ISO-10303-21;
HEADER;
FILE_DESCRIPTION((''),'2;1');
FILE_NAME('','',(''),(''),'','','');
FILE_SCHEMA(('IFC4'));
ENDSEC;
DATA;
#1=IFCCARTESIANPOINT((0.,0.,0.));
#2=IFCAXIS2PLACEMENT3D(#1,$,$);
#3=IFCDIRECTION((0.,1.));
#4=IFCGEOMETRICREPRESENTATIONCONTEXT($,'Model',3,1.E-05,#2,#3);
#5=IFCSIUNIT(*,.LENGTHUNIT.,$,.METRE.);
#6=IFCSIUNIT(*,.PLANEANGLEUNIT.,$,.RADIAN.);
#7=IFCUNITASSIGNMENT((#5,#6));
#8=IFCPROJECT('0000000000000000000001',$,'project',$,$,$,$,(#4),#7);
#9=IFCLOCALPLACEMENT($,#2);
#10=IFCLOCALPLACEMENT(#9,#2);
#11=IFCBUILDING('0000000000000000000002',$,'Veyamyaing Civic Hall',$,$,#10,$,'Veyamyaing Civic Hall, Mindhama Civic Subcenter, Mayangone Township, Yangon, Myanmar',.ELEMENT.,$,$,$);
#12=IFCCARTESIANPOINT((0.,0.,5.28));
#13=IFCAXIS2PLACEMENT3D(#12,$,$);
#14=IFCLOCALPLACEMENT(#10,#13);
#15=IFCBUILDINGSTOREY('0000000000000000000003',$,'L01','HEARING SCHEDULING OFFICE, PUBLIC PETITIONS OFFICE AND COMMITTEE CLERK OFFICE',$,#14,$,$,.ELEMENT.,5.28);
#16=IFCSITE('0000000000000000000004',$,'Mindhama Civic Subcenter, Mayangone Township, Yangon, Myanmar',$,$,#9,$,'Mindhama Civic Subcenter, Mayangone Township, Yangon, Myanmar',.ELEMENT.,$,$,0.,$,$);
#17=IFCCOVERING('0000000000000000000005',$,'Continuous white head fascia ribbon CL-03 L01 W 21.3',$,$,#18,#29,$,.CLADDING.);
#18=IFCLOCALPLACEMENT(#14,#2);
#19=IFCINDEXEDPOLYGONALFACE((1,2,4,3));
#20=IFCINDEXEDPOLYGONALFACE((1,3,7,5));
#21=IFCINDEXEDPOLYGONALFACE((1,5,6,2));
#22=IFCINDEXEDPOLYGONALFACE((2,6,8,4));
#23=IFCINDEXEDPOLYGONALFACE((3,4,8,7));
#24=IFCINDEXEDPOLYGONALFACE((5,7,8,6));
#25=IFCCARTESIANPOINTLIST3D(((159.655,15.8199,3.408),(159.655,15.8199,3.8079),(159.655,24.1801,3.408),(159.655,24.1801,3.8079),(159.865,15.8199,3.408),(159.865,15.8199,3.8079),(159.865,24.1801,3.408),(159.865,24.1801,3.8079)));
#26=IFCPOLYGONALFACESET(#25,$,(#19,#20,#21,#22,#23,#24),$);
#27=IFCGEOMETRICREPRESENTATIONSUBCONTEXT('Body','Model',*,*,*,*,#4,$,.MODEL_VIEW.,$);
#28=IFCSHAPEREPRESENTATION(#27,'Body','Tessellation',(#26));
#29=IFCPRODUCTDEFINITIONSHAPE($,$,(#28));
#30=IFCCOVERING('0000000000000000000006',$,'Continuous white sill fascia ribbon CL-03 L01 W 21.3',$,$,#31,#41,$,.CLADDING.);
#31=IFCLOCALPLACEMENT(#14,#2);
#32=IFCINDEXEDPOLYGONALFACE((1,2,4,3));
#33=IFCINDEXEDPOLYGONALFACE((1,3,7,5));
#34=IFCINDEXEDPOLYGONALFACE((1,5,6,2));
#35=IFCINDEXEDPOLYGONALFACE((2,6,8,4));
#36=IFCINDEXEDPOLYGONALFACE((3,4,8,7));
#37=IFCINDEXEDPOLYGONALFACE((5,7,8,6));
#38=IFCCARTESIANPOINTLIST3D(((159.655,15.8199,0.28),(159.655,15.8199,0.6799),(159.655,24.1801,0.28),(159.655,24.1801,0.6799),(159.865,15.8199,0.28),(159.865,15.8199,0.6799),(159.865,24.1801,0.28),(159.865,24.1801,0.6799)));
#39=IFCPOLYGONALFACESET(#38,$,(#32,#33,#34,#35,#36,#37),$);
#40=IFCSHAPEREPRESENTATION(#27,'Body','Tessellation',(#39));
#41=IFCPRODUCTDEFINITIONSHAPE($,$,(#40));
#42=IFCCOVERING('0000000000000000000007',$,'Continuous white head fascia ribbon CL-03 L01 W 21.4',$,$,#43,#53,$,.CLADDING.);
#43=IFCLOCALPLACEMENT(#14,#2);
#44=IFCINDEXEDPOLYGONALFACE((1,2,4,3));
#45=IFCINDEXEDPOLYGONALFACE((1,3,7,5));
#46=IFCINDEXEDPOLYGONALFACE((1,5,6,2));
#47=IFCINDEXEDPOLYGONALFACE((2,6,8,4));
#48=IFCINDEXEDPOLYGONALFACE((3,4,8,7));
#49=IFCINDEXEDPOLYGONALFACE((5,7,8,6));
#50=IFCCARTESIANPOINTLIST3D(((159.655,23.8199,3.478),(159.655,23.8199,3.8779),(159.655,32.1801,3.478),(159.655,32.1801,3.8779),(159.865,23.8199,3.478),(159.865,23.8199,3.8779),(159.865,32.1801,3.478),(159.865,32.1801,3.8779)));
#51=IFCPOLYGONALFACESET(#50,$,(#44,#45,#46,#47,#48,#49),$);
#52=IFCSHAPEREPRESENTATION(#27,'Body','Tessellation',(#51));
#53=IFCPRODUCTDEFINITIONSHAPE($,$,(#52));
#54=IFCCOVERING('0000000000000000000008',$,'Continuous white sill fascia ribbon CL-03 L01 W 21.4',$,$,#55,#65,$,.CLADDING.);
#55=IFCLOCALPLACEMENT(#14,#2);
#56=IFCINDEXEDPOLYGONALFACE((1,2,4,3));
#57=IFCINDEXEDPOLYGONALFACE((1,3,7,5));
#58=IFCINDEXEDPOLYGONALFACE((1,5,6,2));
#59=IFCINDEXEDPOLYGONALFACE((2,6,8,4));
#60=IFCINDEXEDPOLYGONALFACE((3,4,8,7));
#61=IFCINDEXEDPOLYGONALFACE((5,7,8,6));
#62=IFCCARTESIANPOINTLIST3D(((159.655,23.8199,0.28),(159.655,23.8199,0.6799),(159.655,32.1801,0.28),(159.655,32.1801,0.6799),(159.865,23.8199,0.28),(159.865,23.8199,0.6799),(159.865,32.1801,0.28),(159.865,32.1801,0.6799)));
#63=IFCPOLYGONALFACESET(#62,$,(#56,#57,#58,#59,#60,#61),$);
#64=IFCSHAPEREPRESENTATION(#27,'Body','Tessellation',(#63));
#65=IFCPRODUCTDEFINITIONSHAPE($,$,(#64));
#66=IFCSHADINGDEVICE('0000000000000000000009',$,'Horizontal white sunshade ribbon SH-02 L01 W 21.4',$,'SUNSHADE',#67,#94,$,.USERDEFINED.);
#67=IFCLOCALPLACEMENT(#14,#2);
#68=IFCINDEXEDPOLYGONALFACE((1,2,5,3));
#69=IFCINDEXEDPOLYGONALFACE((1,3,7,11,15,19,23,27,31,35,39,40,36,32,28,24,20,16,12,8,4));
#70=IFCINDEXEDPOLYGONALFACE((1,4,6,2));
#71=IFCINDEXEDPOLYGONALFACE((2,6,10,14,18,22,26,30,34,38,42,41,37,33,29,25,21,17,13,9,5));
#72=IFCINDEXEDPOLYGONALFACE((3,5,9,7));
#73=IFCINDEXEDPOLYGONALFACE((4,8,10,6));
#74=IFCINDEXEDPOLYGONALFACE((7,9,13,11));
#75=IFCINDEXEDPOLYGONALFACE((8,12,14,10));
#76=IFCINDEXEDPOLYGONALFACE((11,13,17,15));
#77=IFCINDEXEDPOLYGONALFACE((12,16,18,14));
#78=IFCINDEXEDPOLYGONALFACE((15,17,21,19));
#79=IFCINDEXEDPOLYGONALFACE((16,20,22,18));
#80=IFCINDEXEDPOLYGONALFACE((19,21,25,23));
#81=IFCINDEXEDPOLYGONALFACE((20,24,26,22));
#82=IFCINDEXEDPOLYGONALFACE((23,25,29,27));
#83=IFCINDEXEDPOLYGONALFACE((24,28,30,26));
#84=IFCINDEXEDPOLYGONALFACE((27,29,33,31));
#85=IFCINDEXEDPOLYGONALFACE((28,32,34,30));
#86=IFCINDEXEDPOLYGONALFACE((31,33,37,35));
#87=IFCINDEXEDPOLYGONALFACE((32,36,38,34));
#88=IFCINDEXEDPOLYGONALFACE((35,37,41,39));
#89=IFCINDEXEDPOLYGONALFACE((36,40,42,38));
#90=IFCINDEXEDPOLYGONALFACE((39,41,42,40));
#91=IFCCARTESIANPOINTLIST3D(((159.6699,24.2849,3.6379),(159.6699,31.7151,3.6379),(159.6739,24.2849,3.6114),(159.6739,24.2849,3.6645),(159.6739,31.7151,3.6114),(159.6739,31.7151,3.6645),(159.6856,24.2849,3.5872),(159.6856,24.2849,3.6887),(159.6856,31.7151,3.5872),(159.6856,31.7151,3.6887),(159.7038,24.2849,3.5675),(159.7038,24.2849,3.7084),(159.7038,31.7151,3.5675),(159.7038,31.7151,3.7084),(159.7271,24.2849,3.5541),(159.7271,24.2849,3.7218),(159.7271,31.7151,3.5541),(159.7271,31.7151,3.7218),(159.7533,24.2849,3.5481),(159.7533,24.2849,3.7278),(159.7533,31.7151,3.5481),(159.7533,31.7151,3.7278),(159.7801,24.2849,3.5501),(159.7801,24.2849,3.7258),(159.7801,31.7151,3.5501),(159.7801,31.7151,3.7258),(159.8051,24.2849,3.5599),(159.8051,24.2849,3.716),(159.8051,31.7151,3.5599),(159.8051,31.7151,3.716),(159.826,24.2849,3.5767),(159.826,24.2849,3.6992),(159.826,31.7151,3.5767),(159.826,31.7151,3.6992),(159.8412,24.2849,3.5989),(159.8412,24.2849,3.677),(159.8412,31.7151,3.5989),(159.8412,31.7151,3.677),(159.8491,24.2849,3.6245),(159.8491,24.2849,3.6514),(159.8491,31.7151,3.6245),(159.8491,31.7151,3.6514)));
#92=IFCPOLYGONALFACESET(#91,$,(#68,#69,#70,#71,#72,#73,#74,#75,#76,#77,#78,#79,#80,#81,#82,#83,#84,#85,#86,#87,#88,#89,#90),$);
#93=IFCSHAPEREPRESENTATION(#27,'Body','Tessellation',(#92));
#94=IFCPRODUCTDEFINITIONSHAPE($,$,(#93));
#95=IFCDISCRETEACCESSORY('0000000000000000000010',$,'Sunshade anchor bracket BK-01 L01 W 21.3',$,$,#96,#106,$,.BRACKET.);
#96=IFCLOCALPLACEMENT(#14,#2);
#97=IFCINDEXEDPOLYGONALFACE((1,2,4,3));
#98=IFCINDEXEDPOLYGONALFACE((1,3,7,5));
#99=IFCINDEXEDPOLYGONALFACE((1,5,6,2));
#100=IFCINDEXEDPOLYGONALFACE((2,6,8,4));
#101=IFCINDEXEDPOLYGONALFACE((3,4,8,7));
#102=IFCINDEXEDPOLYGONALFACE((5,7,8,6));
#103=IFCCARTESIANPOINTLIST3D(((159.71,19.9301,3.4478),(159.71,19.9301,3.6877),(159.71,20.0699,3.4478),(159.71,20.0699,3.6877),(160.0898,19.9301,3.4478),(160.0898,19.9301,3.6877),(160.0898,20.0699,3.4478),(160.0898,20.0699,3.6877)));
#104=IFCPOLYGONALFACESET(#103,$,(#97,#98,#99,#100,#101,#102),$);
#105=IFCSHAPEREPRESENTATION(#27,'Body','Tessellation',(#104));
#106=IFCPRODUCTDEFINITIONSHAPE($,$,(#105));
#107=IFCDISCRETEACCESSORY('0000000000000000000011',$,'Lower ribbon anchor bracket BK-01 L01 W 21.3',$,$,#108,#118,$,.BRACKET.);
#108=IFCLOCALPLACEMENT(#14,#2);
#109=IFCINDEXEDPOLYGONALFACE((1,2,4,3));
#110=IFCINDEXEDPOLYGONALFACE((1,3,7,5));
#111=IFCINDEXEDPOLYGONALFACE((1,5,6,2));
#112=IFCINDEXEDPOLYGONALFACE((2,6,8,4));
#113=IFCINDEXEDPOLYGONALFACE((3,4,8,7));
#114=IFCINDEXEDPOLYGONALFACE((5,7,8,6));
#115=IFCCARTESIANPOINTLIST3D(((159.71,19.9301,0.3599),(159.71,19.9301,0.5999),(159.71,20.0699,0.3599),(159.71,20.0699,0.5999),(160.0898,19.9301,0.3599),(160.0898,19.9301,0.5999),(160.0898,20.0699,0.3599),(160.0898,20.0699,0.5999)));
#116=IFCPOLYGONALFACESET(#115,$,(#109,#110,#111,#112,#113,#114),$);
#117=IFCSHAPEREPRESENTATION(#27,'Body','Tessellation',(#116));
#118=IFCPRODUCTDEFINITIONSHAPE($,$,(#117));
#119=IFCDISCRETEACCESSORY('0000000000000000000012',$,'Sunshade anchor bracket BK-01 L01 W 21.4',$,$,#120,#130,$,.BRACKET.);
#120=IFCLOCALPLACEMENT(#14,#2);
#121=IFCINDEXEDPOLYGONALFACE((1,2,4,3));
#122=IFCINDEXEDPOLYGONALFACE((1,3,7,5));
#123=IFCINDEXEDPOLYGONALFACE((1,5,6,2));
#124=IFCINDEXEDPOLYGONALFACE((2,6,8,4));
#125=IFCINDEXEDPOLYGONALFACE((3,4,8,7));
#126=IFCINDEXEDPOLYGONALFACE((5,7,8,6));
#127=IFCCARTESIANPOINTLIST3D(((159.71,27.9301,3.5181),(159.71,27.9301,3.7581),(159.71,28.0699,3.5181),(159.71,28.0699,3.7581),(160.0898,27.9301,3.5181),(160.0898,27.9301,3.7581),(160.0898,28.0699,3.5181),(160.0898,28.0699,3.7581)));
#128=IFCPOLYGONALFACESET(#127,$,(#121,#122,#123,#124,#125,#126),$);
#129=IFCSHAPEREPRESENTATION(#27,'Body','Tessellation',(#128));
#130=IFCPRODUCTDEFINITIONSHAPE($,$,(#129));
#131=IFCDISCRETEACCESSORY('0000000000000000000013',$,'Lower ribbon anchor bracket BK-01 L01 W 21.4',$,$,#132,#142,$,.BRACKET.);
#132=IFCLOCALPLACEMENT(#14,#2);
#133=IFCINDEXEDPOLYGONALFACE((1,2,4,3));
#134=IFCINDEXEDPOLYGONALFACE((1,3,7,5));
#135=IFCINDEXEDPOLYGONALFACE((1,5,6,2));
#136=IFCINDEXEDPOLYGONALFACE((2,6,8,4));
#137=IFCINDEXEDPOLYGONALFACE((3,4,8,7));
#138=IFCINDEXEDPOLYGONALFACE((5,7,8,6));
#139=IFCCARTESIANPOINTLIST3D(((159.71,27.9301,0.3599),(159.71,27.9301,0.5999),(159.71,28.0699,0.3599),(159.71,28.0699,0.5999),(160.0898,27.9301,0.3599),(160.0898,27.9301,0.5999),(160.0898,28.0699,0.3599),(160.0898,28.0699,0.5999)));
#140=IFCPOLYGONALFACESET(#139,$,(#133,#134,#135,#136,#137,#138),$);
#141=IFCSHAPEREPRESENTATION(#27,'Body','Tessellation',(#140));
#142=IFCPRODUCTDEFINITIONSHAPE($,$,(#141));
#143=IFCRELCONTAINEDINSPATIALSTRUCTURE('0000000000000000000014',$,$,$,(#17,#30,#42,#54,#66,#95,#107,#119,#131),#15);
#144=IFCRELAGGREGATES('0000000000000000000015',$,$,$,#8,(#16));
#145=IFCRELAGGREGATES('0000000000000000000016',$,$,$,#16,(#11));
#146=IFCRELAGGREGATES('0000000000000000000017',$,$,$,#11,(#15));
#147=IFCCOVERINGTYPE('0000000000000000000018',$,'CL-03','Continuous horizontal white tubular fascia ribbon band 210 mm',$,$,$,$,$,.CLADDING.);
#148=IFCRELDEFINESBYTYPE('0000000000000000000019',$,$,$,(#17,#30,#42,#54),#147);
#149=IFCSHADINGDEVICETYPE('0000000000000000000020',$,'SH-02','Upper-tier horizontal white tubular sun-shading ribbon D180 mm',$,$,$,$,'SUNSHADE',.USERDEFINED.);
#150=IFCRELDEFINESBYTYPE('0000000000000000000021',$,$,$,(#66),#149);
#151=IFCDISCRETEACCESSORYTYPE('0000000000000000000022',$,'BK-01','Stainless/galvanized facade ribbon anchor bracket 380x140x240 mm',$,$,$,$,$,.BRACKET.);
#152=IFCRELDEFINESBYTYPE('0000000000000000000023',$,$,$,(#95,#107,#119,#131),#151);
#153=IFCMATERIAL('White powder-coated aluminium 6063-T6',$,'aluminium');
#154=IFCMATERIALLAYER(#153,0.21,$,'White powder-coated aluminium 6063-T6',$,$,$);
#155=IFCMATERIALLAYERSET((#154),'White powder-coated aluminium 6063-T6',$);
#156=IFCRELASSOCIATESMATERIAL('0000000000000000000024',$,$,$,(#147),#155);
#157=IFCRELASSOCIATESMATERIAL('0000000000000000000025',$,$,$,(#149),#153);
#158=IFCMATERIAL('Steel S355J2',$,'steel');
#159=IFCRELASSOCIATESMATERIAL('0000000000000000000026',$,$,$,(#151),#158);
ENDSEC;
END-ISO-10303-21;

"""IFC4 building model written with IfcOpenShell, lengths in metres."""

from ifc_helpers import new_model, si_unit, direction, frame, origin, origin_2d, place, context, subcontext, project, spatial, rectangle, circle, extrude, material, layer, layer_set, material_profile, profile_set, type_object, element, save


model = new_model("IFC4")

# Units and contexts
model_context = context("Model", 3, precision=1e-05, world=origin(), true_north=direction((0.0, 1.0)))
body_context = subcontext(model_context, "Body", "Model", "MODEL_VIEW")
ifc_project = project(units=[si_unit("LENGTHUNIT", "METRE"), si_unit("PLANEANGLEUNIT", "RADIAN")], contexts=[model_context])

# Site, building, storey
site_placement = place(None, origin())
site = spatial("IfcSite", under=ifc_project, at=site_placement, Name="Mindhama Civic Subcenter, Mayangone Township, Yangon, Myanmar", LongName="Mindhama Civic Subcenter, Mayangone Township, Yangon, Myanmar", CompositionType="ELEMENT", RefElevation=0.0)
building_placement = place(site_placement, origin())
building = spatial("IfcBuilding", under=site, at=building_placement, Name="Veyamyaing Civic Hall", LongName="Veyamyaing Civic Hall, Mindhama Civic Subcenter, Mayangone Township, Yangon, Myanmar", CompositionType="ELEMENT")
storey_placement = place(building_placement, frame((0.0, 0.0, 5.28)))
storey = spatial("IfcBuildingStorey", under=building, at=storey_placement, Name="L01", Description="HEARING SCHEDULING OFFICE, PUBLIC PETITIONS OFFICE AND COMMITTEE CLERK OFFICE", CompositionType="ELEMENT", Elevation=5.28)

# Coverings
ifc_material_1 = material(Name="White powder-coated aluminium 6063-T6", Category="aluminium")
ifc_layer_1 = layer(ifc_material_1, 0.21, Name="White powder-coated aluminium 6063-T6")
ifc_layer_set_1 = layer_set([ifc_layer_1], Name="White powder-coated aluminium 6063-T6")
covering_type_1 = type_object("IfcCoveringType", Name="CL-03", Description="Continuous horizontal white tubular fascia ribbon band 210 mm", PredefinedType="CLADDING", material=ifc_layer_set_1)
for number, where, z_axis, x_axis, name in (
    (1, (159.76, 20.0, 3.408), (0.0, 0.0, 1.0), (0.0, 1.0, 0.0), "Continuous white head fascia ribbon CL-03 L01 W 21.3"),
    (2, (159.76, 20.0, 0.28), (0.0, 0.0, 1.0), (0.0, 1.0, 0.0), "Continuous white sill fascia ribbon CL-03 L01 W 21.3"),
    (3, (159.76, 28.0, 3.478), (0.0, 0.0, 1.0), (0.0, 1.0, 0.0), "Continuous white head fascia ribbon CL-03 L01 W 21.4"),
    (4, (159.76, 28.0, 0.28), (0.0, 0.0, 1.0), (0.0, 1.0, 0.0), "Continuous white sill fascia ribbon CL-03 L01 W 21.4"),
):
    element("IfcCovering", number, at=place(storey_placement, frame(where, z_axis=z_axis, x_axis=x_axis)), inside=storey, type_object=covering_type_1, Name=name, PredefinedType="CLADDING", context=body_context, shape_type="SweptSolid", body=[
        extrude(rectangle(XDim=8.3601, YDim=0.21, at=origin_2d()), origin(), (0.0, 0.0, 1.0), 0.3999),
    ])

# Shading device
ifc_material_profile_1 = material_profile(ifc_material_1, circle(Radius=0.0901, at=origin_2d()), Name="SHADE-TUBE-180")
ifc_profile_set_1 = profile_set([ifc_material_profile_1], Name="White powder-coated aluminium 6063-T6")
shading_device_type = type_object("IfcShadingDeviceType", Name="SH-02", Description="Upper-tier horizontal white tubular sun-shading ribbon D180 mm", ElementType="SUNSHADE", PredefinedType="USERDEFINED", material=ifc_profile_set_1)
shading_device_placement = place(storey_placement, frame((159.76, 24.2849, 3.6379), z_axis=(0.0, 1.0, 0.0), x_axis=(-1.0, 0.0, 0.0)))
element("IfcShadingDevice", 5, at=shading_device_placement, inside=storey, type_object=shading_device_type, Name="Horizontal white sunshade ribbon SH-02 L01 W 21.4", ObjectType="SUNSHADE", PredefinedType="USERDEFINED", context=body_context, shape_type="SweptSolid", body=[
    extrude(circle(Radius=0.0901, at=origin_2d()), origin(), (0.0, 0.0, 1.0), 7.4302),
])

# Discrete accessories
ifc_material_2 = material(Name="Steel S355J2", Category="steel")
discrete_accessory_type = type_object("IfcDiscreteAccessoryType", Name="BK-01", Description="Stainless/galvanized facade ribbon anchor bracket 380x140x240 mm", PredefinedType="BRACKET", material=ifc_material_2)
for number, where, z_axis, x_axis, name in (
    (6, (159.8999, 20.0, 3.4478), (0.0, 0.0, 1.0), (-1.0, 0.0, 0.0), "Sunshade anchor bracket BK-01 L01 W 21.3"),
    (7, (159.8999, 20.0, 0.3599), (0.0, 0.0, 1.0), (-1.0, 0.0, 0.0), "Lower ribbon anchor bracket BK-01 L01 W 21.3"),
    (8, (159.8999, 28.0, 3.5181), (0.0, 0.0, 1.0), (-1.0, 0.0, 0.0), "Sunshade anchor bracket BK-01 L01 W 21.4"),
    (9, (159.8999, 28.0, 0.3599), (0.0, 0.0, 1.0), (-1.0, 0.0, 0.0), "Lower ribbon anchor bracket BK-01 L01 W 21.4"),
):
    element("IfcDiscreteAccessory", number, at=place(storey_placement, frame(where, z_axis=z_axis, x_axis=x_axis)), inside=storey, type_object=discrete_accessory_type, Name=name, PredefinedType="BRACKET", context=body_context, shape_type="SweptSolid", body=[
        extrude(rectangle(XDim=0.3799, YDim=0.1399, at=origin_2d()), origin(), (0.0, 0.0, 1.0), 0.24),
    ])

save(model, "model.ifc")
